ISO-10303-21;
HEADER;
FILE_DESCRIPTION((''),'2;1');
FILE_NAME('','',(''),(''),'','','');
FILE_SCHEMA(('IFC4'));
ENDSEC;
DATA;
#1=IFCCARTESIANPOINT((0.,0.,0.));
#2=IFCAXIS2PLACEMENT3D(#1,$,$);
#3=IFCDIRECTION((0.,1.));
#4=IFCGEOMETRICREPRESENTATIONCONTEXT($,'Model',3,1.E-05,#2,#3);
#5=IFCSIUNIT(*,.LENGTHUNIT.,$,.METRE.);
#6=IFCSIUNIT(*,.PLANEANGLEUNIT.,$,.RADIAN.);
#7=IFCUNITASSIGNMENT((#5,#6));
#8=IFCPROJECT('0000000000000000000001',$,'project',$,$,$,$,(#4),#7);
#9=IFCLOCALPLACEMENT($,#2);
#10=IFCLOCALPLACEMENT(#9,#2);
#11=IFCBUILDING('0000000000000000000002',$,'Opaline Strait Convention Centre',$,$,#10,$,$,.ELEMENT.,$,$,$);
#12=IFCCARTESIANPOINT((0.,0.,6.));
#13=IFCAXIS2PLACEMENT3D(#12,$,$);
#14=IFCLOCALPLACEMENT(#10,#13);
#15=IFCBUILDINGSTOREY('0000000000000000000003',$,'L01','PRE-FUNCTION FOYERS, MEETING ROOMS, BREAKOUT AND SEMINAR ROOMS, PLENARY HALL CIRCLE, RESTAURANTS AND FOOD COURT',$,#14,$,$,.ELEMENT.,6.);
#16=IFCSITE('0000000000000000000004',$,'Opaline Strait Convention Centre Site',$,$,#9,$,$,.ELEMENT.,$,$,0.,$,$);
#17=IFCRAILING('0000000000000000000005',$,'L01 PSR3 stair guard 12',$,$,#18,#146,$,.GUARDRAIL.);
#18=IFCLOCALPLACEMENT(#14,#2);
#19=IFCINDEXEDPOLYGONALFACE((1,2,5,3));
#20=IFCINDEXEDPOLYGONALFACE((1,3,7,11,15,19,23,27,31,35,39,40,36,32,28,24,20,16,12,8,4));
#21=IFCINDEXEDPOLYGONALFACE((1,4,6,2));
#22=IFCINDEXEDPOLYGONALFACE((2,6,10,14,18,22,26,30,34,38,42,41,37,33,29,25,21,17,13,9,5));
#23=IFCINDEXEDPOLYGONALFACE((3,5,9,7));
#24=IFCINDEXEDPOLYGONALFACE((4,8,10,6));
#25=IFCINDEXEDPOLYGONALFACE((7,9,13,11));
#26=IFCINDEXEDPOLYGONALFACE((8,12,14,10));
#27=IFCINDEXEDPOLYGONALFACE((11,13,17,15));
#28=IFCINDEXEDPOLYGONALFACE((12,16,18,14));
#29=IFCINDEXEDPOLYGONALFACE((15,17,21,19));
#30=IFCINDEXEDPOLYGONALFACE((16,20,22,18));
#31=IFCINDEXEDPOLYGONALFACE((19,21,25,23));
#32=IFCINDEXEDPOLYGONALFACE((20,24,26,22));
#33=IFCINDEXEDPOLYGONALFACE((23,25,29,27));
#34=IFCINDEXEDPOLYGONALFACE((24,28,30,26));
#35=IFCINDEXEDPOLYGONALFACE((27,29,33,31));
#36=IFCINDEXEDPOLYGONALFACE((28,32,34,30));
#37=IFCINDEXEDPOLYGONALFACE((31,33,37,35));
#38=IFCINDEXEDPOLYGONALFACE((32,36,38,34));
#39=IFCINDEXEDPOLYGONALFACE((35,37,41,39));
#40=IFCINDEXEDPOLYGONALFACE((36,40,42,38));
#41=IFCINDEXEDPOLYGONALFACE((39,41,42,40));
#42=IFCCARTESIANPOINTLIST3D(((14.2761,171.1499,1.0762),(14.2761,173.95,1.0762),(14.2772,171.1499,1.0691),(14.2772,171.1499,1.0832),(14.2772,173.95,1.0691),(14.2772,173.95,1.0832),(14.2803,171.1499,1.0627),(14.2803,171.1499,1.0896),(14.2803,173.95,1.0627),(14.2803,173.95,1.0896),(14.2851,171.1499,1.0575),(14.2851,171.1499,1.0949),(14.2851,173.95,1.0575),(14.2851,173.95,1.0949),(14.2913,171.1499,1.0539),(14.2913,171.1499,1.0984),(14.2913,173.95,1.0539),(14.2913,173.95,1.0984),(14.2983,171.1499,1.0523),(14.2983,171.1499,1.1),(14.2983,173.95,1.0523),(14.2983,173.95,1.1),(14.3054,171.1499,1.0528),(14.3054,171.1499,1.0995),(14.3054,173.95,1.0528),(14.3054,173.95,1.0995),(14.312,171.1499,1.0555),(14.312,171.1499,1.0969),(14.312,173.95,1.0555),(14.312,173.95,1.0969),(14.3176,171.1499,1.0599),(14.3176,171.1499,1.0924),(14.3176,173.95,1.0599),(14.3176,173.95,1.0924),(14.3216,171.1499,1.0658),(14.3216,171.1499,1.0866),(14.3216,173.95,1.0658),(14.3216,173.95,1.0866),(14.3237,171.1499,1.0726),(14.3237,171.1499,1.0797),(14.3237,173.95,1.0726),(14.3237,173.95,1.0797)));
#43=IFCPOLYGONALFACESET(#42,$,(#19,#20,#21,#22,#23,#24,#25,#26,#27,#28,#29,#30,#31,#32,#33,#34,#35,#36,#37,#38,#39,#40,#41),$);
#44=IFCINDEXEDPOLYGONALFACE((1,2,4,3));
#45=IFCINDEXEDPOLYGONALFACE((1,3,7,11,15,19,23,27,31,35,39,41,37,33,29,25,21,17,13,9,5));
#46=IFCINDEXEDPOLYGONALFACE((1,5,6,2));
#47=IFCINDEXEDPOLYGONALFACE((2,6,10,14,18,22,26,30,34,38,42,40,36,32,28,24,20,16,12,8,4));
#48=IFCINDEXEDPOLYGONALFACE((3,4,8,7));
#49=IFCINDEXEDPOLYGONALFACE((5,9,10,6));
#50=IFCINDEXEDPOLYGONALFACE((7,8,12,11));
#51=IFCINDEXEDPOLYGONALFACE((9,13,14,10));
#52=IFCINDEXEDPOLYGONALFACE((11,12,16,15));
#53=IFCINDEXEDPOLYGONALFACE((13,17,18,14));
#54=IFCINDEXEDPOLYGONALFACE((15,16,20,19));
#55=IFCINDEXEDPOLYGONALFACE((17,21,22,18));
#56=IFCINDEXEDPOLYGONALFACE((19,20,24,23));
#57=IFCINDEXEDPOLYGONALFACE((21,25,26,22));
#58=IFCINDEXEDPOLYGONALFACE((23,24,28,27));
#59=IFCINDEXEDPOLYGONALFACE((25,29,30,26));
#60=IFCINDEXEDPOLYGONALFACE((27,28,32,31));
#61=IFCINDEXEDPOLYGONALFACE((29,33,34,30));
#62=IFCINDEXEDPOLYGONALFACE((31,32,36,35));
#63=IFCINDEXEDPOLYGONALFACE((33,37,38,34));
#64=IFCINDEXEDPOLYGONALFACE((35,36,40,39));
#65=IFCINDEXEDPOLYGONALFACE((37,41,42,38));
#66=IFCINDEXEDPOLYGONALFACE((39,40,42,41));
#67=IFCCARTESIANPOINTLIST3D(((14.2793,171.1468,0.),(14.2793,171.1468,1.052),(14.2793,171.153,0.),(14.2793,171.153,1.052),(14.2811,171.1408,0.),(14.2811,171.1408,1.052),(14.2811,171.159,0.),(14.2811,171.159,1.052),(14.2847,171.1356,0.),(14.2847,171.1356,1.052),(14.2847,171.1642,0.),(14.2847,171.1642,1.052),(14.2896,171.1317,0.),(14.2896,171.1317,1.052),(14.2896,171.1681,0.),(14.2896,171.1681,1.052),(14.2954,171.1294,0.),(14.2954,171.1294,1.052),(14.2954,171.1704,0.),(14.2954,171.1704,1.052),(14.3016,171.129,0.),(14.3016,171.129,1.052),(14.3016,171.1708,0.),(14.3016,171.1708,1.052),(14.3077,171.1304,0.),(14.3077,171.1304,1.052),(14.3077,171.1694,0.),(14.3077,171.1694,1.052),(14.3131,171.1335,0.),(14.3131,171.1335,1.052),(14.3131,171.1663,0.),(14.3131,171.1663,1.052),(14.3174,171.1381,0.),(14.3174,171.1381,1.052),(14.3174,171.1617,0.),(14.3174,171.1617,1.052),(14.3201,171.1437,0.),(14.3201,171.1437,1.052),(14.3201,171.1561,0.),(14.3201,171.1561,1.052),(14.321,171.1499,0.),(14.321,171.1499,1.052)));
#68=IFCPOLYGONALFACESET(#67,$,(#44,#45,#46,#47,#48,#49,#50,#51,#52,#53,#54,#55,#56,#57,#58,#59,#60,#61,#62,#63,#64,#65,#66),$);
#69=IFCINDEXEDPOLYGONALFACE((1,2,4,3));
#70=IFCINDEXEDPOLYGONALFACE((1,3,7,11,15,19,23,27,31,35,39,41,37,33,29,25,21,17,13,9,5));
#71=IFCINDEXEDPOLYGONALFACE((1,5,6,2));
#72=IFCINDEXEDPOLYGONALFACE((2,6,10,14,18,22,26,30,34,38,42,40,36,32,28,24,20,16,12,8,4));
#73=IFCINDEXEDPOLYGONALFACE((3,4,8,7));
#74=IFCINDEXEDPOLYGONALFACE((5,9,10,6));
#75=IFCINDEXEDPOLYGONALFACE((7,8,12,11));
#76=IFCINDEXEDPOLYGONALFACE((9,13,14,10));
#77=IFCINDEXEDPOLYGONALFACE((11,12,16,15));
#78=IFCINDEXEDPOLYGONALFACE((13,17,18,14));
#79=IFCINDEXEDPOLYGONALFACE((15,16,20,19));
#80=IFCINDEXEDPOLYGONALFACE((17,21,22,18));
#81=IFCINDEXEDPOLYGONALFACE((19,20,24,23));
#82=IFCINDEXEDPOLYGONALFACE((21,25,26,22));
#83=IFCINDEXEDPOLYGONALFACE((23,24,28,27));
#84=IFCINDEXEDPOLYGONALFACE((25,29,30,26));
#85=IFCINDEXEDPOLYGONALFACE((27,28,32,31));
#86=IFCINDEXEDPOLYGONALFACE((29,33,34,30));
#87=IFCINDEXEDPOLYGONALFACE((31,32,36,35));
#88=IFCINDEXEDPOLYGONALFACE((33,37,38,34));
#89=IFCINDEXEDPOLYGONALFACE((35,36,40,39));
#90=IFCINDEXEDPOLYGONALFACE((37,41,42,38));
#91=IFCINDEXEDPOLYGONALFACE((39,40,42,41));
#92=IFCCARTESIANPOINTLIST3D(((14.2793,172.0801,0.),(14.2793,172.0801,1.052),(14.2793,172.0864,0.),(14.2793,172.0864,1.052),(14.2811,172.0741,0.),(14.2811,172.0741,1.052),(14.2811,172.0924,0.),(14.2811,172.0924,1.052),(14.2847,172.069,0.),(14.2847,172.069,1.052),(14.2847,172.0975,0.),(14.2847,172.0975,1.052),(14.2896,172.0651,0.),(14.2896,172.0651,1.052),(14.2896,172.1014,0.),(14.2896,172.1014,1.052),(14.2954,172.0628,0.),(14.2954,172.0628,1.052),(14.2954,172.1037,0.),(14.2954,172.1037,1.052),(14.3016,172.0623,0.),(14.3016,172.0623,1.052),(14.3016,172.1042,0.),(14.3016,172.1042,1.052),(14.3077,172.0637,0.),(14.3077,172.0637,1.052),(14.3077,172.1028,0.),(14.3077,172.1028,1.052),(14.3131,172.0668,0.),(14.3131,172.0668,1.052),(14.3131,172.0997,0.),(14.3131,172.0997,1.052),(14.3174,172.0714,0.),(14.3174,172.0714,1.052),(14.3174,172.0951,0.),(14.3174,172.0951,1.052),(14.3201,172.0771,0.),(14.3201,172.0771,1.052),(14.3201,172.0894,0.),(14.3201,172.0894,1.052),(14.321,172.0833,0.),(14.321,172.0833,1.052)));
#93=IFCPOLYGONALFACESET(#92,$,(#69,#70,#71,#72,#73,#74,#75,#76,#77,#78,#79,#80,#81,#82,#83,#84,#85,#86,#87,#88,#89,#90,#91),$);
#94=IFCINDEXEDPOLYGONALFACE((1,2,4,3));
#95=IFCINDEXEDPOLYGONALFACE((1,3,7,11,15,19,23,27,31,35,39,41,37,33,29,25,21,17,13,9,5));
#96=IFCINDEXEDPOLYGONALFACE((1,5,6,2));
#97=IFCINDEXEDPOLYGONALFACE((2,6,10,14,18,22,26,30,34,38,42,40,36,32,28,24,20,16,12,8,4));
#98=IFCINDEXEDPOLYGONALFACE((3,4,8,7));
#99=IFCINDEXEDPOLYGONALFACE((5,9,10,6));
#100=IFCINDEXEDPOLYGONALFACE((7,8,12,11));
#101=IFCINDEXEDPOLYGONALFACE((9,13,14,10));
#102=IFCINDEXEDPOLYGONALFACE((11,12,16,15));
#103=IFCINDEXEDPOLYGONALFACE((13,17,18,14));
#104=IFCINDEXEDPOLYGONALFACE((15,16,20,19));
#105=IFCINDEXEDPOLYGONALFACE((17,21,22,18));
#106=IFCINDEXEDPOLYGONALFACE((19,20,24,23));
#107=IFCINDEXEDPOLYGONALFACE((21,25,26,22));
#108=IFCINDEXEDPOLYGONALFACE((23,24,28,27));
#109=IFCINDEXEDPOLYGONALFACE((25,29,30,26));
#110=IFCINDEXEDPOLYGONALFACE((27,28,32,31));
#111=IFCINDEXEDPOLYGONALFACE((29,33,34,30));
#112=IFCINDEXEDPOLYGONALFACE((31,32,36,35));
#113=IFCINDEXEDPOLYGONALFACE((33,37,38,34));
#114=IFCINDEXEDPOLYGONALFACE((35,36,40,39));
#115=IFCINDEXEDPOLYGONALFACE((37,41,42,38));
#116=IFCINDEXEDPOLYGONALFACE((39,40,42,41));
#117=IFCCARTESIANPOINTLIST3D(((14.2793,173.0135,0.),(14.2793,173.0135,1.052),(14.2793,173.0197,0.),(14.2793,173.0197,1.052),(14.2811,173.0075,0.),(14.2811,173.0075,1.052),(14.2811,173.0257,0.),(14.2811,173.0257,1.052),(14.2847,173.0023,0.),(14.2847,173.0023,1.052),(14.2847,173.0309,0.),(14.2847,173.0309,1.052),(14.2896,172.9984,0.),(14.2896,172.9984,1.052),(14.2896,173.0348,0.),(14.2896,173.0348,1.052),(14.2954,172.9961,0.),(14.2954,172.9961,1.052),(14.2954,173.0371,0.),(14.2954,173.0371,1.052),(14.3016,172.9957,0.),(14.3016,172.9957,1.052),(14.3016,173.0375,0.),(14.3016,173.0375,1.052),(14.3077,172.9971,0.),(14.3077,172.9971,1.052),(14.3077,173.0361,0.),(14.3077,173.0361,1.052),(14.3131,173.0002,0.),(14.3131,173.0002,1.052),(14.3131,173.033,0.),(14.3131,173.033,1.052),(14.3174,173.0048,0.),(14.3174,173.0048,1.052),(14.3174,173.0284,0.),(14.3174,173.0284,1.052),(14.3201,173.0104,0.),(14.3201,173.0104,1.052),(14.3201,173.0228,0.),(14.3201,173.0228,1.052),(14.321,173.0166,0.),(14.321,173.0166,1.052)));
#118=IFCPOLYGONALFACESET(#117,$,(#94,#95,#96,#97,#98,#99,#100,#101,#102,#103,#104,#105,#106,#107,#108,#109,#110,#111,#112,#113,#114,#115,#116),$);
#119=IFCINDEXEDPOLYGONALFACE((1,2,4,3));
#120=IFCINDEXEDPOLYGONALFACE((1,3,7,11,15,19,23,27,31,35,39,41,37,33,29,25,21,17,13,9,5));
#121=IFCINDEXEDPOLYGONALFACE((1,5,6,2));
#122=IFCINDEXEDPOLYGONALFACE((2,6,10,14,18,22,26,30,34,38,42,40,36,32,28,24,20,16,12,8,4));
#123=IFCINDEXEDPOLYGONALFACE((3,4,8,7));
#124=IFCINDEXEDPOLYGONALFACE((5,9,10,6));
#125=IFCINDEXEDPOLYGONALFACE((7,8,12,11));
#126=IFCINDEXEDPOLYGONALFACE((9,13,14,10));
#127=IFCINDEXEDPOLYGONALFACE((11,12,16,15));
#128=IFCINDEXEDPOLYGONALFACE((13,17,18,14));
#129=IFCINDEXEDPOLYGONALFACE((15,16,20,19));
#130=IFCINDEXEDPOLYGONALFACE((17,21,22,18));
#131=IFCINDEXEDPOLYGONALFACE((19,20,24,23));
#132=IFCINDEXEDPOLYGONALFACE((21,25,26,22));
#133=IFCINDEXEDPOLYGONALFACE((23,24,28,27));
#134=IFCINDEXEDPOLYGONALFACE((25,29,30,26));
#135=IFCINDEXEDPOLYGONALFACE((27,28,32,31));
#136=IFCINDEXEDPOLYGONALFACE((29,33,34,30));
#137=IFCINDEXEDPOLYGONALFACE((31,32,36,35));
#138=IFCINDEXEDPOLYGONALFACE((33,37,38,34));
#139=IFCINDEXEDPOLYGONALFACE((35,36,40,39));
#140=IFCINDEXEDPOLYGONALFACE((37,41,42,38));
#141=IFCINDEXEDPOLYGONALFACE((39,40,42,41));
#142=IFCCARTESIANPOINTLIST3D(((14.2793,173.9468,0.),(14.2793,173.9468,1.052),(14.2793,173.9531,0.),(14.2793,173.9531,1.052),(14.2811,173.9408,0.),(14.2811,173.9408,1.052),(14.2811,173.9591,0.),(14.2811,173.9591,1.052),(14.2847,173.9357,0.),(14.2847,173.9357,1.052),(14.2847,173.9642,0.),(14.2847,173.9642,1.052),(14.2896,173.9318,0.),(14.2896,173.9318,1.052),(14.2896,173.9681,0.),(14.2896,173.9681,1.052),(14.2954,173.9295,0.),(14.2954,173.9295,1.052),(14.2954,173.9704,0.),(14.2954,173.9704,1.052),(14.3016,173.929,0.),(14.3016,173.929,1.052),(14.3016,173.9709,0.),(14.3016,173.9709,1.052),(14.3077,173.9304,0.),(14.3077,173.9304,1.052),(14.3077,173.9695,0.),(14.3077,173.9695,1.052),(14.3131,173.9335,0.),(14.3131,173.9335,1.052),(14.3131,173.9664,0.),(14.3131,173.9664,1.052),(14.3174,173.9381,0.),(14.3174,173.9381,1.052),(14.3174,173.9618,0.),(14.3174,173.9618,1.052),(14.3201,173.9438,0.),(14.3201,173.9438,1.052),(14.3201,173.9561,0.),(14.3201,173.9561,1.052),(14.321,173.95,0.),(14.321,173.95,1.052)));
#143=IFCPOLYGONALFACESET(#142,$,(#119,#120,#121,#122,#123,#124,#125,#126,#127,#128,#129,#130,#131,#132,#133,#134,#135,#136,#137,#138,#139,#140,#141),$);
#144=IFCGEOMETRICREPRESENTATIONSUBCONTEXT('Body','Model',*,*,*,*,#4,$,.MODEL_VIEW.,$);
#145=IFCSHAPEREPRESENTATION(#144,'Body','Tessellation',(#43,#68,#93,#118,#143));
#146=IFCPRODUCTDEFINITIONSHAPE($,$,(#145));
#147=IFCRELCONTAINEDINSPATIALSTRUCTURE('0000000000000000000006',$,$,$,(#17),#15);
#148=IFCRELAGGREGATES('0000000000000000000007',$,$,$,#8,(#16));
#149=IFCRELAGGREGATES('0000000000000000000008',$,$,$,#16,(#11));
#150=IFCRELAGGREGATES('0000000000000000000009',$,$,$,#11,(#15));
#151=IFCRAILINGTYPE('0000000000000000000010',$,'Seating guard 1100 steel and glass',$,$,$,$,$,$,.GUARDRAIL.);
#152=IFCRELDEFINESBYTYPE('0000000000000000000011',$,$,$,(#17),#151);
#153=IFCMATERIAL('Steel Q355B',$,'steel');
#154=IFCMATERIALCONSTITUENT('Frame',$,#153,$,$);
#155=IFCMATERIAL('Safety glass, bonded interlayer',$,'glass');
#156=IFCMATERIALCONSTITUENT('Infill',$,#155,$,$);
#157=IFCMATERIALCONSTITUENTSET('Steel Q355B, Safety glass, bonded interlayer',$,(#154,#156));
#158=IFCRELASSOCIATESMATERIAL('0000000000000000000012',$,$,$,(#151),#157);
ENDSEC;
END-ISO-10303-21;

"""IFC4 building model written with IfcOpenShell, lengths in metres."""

from ifc_helpers import new_model, si_unit, direction, frame, origin, origin_2d, place, context, subcontext, project, spatial, circle, extrude, material, constituent, constituent_set, type_object, element, save


model = new_model("IFC4")

# Units and contexts
model_context = context("Model", 3, precision=1e-05, world=origin(), true_north=direction((0.0, 1.0)))
body_context = subcontext(model_context, "Body", "Model", "MODEL_VIEW")
ifc_project = project(units=[si_unit("LENGTHUNIT", "METRE"), si_unit("PLANEANGLEUNIT", "RADIAN")], contexts=[model_context])

# Site, building, storey
site_placement = place(None, origin())
site = spatial("IfcSite", under=ifc_project, at=site_placement, Name="Opaline Strait Convention Centre Site", CompositionType="ELEMENT", RefElevation=0.0)
building_placement = place(site_placement, origin())
building = spatial("IfcBuilding", under=site, at=building_placement, Name="Opaline Strait Convention Centre", CompositionType="ELEMENT")
storey_placement = place(building_placement, frame((0.0, 0.0, 6.0)))
storey = spatial("IfcBuildingStorey", under=building, at=storey_placement, Name="L01", Description="PRE-FUNCTION FOYERS, MEETING ROOMS, BREAKOUT AND SEMINAR ROOMS, PLENARY HALL CIRCLE, RESTAURANTS AND FOOD COURT", CompositionType="ELEMENT", Elevation=6.0)

# Railing
ifc_material_1 = material(Name="Steel Q355B", Category="steel")
ifc_constituent_1 = constituent(ifc_material_1, Name="Frame")
ifc_material_2 = material(Name="Safety glass, bonded interlayer", Category="glass")
ifc_constituent_2 = constituent(ifc_material_2, Name="Infill")
ifc_constituent_set = constituent_set(constituents=[ifc_constituent_1, ifc_constituent_2], Name="Steel Q355B, Safety glass, bonded interlayer")
railing_type_1 = type_object("IfcRailingType", Name="Seating guard 1100 steel and glass", PredefinedType="GUARDRAIL", material=ifc_constituent_set)
railing_1_placement = place(storey_placement, frame((14.3, 171.1499, 0.0)))
element("IfcRailing", 1, at=railing_1_placement, inside=storey, type_object=railing_type_1, Name="L01 PSR3 stair guard 12", PredefinedType="GUARDRAIL", context=body_context, shape_type="SweptSolid", body=[
    extrude(circle(Radius=0.0239, at=origin_2d()), frame((0.0, 0.0, 1.0762), z_axis=(0.0, 1.0, 0.0), x_axis=(-1.0, 0.0, 0.0)), (0.0, 0.0, 1.0), 2.8),
    extrude(circle(Radius=0.021, at=origin_2d()), origin(), (0.0, 0.0, 1.0), 1.052),
    extrude(circle(Radius=0.021, at=origin_2d()), frame((0.0, 0.9333, 0.0)), (0.0, 0.0, 1.0), 1.052),
    extrude(circle(Radius=0.021, at=origin_2d()), frame((0.0, 1.8667, 0.0)), (0.0, 0.0, 1.0), 1.052),
    extrude(circle(Radius=0.021, at=origin_2d()), frame((0.0, 2.8, 0.0)), (0.0, 0.0, 1.0), 1.052),
])

save(model, "model.ifc")
